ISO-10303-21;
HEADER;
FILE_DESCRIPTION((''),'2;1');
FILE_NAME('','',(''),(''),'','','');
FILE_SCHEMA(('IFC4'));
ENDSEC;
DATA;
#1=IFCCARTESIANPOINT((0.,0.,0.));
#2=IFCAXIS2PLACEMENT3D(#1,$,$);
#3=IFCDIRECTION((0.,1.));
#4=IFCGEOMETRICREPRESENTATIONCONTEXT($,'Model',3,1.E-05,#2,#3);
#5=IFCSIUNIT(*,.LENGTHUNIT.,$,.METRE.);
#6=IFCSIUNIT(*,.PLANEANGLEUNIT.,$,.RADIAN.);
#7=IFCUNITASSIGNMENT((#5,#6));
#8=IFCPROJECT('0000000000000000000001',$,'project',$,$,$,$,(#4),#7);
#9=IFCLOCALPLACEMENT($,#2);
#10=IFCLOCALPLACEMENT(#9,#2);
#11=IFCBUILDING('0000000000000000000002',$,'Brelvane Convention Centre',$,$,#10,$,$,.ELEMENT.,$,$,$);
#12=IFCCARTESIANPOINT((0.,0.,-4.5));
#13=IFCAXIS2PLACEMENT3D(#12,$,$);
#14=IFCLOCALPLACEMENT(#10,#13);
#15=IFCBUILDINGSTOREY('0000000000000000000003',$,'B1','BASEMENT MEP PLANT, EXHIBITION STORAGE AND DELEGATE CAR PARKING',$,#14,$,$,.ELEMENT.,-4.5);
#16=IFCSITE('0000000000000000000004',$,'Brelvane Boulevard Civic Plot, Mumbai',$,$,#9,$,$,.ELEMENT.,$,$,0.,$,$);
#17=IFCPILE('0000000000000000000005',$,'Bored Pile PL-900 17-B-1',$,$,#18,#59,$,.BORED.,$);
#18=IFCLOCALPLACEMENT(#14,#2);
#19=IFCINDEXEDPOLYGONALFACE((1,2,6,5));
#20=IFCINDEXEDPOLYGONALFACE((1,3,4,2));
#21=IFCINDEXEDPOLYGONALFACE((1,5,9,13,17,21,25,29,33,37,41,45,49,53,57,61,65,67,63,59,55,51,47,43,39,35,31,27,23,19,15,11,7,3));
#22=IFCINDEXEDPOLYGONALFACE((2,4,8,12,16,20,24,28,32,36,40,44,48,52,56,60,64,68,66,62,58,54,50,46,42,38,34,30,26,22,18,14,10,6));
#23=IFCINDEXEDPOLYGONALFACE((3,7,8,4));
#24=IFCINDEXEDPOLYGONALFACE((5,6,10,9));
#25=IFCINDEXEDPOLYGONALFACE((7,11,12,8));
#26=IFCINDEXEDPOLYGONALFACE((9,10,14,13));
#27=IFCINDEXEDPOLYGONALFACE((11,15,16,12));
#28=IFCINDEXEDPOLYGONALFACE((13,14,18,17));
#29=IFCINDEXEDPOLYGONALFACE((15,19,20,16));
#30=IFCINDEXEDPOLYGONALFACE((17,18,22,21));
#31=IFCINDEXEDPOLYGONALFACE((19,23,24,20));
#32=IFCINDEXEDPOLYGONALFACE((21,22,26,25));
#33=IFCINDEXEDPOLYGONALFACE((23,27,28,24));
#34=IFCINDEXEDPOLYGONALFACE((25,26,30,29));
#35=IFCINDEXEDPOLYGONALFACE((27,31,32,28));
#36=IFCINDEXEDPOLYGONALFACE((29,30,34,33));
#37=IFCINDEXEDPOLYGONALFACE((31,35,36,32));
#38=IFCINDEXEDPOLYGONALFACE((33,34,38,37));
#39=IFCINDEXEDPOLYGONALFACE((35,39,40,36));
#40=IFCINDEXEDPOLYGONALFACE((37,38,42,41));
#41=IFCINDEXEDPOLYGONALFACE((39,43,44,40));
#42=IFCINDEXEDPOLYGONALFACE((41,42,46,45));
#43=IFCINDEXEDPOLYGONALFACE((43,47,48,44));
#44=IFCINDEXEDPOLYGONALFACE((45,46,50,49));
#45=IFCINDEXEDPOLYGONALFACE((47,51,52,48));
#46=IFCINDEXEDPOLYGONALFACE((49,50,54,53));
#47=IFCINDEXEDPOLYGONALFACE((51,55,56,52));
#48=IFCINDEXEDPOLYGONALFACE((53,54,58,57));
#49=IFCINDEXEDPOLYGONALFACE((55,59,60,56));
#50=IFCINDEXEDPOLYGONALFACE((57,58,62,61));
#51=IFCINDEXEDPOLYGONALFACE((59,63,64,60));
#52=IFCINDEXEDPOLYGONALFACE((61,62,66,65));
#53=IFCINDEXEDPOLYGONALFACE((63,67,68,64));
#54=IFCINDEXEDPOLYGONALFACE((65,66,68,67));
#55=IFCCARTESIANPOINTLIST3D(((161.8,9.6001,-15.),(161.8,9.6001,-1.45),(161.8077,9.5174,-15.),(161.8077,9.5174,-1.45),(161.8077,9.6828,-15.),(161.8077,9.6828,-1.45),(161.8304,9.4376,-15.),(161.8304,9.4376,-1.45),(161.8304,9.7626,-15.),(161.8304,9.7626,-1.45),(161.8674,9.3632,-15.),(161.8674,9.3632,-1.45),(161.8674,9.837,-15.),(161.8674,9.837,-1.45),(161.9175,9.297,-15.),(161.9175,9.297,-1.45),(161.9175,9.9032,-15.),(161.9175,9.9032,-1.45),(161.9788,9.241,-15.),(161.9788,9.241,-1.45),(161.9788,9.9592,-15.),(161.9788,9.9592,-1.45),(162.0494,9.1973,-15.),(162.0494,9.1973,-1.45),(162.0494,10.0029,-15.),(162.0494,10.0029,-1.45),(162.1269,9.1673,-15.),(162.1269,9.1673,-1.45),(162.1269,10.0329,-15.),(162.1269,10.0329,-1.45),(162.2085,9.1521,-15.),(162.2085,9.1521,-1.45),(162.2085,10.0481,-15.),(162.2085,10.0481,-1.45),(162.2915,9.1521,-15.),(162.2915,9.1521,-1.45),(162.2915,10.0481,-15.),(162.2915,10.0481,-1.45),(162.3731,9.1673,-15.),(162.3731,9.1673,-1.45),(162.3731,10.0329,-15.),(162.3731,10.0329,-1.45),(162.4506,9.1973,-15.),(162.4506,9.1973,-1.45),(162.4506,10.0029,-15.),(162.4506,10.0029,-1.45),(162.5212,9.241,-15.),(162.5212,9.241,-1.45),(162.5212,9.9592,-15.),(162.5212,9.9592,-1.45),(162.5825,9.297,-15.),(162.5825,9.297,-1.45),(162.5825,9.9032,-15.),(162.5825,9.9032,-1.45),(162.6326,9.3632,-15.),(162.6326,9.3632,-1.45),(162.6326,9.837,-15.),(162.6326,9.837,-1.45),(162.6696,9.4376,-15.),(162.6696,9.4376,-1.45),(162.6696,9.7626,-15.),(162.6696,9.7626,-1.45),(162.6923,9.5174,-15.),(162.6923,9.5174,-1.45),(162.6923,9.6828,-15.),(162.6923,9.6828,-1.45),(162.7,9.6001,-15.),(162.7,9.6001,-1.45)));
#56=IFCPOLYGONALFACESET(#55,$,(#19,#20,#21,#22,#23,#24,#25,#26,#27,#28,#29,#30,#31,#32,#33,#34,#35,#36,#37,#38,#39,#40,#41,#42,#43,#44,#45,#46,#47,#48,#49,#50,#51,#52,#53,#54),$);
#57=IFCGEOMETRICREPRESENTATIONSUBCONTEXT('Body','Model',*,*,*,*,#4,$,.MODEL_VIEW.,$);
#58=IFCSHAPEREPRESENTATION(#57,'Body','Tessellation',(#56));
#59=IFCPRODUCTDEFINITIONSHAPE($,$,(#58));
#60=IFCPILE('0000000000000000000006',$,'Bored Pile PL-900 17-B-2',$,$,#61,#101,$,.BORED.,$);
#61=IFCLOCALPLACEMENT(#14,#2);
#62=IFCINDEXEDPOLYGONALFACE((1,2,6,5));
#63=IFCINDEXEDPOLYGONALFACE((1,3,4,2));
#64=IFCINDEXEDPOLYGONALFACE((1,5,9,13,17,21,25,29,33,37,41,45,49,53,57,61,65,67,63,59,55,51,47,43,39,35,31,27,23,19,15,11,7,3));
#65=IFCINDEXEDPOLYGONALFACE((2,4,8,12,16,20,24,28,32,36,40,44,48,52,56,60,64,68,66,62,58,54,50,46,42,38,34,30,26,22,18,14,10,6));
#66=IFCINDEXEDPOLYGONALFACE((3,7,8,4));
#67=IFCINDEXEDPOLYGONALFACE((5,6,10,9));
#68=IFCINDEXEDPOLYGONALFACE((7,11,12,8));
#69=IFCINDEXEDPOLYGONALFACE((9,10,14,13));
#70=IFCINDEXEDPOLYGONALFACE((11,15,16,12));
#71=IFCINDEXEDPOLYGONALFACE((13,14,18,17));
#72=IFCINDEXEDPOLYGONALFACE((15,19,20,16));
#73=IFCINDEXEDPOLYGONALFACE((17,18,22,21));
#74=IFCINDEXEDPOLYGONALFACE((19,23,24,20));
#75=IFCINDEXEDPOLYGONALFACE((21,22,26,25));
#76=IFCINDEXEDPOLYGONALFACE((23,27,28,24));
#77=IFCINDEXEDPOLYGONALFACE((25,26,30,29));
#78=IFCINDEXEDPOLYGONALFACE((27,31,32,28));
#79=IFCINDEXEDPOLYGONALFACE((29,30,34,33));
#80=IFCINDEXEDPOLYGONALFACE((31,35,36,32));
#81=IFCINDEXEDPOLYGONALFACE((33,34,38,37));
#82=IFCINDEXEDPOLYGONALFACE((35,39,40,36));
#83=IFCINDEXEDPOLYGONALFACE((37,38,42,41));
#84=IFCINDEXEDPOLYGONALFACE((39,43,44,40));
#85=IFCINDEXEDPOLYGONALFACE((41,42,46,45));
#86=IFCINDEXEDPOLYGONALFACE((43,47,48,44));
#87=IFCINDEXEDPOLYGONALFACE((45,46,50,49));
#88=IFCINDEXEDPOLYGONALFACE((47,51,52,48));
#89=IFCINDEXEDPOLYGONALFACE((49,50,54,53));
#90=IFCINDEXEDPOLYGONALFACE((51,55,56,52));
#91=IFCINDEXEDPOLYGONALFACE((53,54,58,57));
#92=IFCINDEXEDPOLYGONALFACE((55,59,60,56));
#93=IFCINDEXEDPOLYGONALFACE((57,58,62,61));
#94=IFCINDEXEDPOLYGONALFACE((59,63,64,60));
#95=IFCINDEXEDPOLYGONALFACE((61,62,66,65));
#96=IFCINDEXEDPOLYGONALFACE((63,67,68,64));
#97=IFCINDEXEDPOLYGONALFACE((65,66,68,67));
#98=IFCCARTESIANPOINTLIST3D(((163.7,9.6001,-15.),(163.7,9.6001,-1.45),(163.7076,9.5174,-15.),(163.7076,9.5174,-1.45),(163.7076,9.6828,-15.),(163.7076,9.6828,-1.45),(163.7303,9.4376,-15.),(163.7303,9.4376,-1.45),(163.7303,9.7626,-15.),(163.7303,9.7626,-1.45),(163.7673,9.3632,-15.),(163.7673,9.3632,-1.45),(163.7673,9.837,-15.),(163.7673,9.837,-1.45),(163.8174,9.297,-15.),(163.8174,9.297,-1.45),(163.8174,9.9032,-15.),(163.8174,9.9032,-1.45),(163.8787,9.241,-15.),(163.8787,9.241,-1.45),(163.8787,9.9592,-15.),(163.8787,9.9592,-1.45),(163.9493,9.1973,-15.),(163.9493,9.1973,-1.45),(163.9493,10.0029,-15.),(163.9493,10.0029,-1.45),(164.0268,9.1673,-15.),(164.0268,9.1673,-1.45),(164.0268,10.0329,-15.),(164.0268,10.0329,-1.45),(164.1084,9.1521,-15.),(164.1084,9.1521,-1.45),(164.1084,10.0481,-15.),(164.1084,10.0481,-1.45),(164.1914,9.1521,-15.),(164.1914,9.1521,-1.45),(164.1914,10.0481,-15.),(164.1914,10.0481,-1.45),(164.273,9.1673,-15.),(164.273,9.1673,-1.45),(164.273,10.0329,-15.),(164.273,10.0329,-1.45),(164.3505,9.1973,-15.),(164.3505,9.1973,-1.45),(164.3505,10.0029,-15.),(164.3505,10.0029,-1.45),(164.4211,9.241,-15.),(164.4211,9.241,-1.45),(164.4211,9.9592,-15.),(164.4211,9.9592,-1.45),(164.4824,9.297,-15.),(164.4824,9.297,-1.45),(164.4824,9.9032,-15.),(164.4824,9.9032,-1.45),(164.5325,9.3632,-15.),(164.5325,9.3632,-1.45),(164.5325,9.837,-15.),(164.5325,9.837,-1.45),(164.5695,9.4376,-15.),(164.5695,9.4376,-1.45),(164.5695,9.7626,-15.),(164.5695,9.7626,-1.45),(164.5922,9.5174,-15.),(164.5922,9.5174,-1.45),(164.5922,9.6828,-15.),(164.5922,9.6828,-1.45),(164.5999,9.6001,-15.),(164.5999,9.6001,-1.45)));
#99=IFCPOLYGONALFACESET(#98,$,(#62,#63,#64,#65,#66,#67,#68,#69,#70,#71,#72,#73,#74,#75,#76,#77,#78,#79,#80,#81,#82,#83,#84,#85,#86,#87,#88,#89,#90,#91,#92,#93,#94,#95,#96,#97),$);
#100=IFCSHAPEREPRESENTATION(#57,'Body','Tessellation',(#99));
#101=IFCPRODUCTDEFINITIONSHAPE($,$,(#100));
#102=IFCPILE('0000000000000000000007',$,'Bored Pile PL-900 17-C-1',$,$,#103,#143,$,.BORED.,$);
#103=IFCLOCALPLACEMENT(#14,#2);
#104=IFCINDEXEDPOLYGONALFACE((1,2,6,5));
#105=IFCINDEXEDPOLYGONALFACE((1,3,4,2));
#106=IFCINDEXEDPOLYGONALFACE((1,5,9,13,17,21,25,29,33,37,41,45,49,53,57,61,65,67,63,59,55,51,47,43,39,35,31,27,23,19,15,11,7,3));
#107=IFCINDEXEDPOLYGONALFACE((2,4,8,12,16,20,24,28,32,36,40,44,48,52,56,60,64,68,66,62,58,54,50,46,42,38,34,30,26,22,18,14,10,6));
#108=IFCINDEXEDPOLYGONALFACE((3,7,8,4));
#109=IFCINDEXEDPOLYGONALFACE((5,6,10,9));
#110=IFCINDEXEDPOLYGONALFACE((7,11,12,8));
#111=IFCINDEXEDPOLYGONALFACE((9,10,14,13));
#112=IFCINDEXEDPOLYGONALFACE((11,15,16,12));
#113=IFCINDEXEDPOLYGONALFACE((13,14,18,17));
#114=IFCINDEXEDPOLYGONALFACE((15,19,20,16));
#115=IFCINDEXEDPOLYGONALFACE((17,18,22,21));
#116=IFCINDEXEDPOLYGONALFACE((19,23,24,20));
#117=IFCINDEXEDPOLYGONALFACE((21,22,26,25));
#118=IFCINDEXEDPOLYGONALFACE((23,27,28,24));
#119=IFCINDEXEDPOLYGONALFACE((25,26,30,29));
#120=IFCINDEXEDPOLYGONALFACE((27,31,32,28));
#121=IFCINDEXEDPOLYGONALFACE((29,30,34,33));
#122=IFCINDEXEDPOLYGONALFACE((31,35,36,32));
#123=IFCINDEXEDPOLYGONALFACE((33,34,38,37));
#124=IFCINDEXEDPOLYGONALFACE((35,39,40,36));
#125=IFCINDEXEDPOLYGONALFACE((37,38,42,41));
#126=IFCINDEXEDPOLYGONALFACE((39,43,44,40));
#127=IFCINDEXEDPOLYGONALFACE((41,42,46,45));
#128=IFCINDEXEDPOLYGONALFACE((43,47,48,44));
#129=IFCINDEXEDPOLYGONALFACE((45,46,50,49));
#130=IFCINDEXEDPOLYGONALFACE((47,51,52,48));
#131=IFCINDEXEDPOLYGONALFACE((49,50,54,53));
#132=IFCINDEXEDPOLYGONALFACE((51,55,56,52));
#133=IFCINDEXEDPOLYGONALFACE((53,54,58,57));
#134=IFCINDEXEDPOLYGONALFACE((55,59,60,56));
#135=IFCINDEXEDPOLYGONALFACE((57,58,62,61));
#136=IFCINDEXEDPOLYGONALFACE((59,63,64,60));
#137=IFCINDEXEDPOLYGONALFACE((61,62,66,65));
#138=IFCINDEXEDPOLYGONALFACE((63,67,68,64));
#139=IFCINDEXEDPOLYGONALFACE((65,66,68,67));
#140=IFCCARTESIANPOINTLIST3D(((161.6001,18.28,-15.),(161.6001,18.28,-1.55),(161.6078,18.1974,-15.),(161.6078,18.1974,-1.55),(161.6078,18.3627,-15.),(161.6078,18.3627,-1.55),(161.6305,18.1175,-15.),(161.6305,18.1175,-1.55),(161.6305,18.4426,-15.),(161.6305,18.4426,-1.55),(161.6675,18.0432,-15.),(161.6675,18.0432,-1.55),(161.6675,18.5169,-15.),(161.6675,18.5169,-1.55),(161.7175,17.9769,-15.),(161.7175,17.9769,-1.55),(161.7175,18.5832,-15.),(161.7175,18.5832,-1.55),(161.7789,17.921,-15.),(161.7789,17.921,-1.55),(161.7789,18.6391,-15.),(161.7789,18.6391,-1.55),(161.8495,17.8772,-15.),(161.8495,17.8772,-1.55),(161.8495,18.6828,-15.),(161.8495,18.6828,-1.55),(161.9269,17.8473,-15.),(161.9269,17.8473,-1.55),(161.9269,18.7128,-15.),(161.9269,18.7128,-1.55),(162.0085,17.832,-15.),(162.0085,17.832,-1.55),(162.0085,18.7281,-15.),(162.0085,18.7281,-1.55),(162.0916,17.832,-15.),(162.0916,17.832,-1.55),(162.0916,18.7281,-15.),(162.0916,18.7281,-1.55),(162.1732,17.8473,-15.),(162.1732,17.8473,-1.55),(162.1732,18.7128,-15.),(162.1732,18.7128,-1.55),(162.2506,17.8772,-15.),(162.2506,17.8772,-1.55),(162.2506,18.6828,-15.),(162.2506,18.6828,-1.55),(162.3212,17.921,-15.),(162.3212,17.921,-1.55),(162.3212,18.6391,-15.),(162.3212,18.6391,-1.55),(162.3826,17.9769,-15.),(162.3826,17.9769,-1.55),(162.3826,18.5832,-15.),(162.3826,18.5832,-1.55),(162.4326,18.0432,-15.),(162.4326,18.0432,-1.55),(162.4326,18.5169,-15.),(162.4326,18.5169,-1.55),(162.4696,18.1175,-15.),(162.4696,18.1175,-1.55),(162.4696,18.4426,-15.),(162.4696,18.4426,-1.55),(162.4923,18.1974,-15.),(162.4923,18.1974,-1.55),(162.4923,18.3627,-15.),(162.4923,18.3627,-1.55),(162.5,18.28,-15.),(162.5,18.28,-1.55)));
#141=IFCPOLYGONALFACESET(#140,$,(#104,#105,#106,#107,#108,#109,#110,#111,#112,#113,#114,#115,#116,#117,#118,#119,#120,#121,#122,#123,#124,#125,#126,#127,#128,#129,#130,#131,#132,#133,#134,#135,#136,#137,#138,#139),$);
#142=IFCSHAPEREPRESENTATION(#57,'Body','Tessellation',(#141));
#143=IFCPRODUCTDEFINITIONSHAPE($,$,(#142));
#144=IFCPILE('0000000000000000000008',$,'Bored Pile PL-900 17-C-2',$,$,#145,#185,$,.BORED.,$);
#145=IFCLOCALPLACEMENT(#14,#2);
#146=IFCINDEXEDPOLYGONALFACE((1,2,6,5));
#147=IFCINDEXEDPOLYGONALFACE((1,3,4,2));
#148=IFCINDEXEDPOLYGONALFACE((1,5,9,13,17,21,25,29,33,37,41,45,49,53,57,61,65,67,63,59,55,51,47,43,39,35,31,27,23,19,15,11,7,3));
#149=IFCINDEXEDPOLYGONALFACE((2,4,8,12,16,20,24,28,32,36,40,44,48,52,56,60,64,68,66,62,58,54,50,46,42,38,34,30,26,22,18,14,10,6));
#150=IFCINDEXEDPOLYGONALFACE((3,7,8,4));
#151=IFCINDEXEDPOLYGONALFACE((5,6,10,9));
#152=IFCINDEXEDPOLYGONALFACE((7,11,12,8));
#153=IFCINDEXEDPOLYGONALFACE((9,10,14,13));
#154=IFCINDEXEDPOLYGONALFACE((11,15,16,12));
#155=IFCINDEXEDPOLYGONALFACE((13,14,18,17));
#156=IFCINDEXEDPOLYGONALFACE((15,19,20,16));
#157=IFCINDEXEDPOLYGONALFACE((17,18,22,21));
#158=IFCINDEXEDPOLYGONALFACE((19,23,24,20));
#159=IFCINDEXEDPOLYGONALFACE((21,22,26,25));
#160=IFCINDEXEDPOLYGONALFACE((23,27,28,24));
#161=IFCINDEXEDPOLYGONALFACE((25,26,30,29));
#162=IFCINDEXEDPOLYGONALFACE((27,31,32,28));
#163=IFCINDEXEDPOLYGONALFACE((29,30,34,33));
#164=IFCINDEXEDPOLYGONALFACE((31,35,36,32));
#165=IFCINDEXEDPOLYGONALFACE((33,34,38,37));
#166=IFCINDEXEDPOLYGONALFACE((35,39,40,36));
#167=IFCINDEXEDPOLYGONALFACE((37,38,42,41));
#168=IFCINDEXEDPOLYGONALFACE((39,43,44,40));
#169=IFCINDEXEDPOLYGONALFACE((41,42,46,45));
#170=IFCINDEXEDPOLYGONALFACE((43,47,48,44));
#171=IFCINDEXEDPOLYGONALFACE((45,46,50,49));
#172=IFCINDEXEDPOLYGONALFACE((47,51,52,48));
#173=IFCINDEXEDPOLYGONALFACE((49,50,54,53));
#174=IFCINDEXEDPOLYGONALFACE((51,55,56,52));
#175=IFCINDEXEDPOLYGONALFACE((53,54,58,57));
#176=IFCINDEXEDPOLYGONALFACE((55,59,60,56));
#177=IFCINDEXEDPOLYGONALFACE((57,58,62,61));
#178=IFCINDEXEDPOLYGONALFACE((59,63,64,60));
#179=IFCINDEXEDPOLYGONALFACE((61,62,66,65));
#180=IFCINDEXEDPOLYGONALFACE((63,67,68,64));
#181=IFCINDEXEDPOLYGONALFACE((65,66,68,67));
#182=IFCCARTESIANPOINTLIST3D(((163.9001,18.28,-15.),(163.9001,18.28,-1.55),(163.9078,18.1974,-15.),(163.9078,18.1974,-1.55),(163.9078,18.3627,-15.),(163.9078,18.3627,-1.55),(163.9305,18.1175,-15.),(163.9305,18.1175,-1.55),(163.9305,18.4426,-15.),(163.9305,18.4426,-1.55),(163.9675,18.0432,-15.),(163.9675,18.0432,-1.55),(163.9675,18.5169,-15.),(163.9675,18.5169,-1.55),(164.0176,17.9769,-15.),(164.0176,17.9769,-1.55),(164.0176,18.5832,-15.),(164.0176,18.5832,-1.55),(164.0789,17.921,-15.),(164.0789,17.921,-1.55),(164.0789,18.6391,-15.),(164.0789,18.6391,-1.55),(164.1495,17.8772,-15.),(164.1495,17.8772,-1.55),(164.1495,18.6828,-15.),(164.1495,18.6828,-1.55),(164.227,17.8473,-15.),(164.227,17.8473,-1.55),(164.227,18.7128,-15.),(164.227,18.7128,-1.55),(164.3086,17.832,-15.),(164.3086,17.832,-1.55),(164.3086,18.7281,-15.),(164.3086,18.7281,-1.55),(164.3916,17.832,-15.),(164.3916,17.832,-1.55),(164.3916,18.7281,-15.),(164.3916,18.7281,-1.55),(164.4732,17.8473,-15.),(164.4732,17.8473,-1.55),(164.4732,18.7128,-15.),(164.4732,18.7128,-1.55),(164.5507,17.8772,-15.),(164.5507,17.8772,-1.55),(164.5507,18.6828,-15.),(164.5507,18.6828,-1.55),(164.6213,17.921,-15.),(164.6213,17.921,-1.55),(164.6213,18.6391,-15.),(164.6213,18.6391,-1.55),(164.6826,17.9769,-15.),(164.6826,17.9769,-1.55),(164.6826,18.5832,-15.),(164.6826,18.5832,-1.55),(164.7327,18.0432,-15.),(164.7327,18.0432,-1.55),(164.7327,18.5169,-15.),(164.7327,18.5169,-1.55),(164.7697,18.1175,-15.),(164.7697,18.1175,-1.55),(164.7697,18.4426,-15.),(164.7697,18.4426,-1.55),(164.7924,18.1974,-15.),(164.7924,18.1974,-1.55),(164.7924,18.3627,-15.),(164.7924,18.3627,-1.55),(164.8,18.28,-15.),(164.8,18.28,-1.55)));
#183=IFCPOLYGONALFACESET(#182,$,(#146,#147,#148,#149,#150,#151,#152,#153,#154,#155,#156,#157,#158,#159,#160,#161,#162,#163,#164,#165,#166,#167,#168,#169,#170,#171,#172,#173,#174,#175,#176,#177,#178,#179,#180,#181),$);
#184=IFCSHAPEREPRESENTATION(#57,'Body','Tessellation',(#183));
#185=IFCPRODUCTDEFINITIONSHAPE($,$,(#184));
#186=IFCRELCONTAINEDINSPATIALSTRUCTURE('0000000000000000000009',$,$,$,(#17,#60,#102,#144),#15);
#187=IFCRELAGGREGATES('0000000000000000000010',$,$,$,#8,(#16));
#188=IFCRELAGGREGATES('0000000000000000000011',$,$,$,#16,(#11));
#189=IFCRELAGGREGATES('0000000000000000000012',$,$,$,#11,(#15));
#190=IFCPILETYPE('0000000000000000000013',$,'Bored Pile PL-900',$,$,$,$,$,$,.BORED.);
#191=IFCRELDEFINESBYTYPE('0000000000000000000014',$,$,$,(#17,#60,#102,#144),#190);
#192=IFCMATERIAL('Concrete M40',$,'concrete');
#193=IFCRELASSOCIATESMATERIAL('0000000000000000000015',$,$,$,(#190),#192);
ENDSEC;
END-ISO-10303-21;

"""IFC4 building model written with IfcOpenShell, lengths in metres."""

from ifc_helpers import new_model, si_unit, direction, frame, origin, origin_2d, place, context, subcontext, project, spatial, circle, extrude, material, material_profile, profile_set, type_object, element, save


model = new_model("IFC4")

# Units and contexts
model_context = context("Model", 3, precision=1e-05, world=origin(), true_north=direction((0.0, 1.0)))
body_context = subcontext(model_context, "Body", "Model", "MODEL_VIEW")
ifc_project = project(units=[si_unit("LENGTHUNIT", "METRE"), si_unit("PLANEANGLEUNIT", "RADIAN")], contexts=[model_context])

# Site, building, storey
site_placement = place(None, origin())
site = spatial("IfcSite", under=ifc_project, at=site_placement, Name="Brelvane Boulevard Civic Plot, Mumbai", CompositionType="ELEMENT", RefElevation=0.0)
building_placement = place(site_placement, origin())
building = spatial("IfcBuilding", under=site, at=building_placement, Name="Brelvane Convention Centre", CompositionType="ELEMENT")
storey_placement = place(building_placement, frame((0.0, 0.0, -4.5)))
storey = spatial("IfcBuildingStorey", under=building, at=storey_placement, Name="B1", Description="BASEMENT MEP PLANT, EXHIBITION STORAGE AND DELEGATE CAR PARKING", CompositionType="ELEMENT", Elevation=-4.5)

# Piles
ifc_material_1 = material(Name="Concrete M40", Category="concrete")
ifc_material_profile_1 = material_profile(ifc_material_1, circle(Radius=0.45, at=origin_2d()), Name="PILE D900")
ifc_profile_set_1 = profile_set([ifc_material_profile_1], Name="Concrete M40")
pile_type = type_object("IfcPileType", Name="Bored Pile PL-900", PredefinedType="BORED", material=ifc_profile_set_1)
for number, where, z_axis, x_axis, name in (
    (1, (162.25, 9.6001, -1.45), (0.0, 0.0, -1.0), (1.0, 0.0, 0.0), "Bored Pile PL-900 17-B-1"),
    (2, (164.1499, 9.6001, -1.45), (0.0, 0.0, -1.0), (1.0, 0.0, 0.0), "Bored Pile PL-900 17-B-2"),
):
    element("IfcPile", number, at=place(storey_placement, frame(where, z_axis=z_axis, x_axis=x_axis)), inside=storey, type_object=pile_type, Name=name, PredefinedType="BORED", context=body_context, shape_type="SweptSolid", body=[
        extrude(circle(Radius=0.45, at=origin_2d()), origin(), (0.0, 0.0, 1.0), 13.55),
    ])
for number, where, z_axis, x_axis, name in (
    (3, (162.05, 18.28, -1.55), (0.0, 0.0, -1.0), (1.0, 0.0, 0.0), "Bored Pile PL-900 17-C-1"),
    (4, (164.3501, 18.28, -1.55), (0.0, 0.0, -1.0), (1.0, 0.0, 0.0), "Bored Pile PL-900 17-C-2"),
):
    element("IfcPile", number, at=place(storey_placement, frame(where, z_axis=z_axis, x_axis=x_axis)), inside=storey, type_object=pile_type, Name=name, PredefinedType="BORED", context=body_context, shape_type="SweptSolid", body=[
        extrude(circle(Radius=0.45, at=origin_2d()), origin(), (0.0, 0.0, 1.0), 13.45),
    ])

save(model, "model.ifc")
